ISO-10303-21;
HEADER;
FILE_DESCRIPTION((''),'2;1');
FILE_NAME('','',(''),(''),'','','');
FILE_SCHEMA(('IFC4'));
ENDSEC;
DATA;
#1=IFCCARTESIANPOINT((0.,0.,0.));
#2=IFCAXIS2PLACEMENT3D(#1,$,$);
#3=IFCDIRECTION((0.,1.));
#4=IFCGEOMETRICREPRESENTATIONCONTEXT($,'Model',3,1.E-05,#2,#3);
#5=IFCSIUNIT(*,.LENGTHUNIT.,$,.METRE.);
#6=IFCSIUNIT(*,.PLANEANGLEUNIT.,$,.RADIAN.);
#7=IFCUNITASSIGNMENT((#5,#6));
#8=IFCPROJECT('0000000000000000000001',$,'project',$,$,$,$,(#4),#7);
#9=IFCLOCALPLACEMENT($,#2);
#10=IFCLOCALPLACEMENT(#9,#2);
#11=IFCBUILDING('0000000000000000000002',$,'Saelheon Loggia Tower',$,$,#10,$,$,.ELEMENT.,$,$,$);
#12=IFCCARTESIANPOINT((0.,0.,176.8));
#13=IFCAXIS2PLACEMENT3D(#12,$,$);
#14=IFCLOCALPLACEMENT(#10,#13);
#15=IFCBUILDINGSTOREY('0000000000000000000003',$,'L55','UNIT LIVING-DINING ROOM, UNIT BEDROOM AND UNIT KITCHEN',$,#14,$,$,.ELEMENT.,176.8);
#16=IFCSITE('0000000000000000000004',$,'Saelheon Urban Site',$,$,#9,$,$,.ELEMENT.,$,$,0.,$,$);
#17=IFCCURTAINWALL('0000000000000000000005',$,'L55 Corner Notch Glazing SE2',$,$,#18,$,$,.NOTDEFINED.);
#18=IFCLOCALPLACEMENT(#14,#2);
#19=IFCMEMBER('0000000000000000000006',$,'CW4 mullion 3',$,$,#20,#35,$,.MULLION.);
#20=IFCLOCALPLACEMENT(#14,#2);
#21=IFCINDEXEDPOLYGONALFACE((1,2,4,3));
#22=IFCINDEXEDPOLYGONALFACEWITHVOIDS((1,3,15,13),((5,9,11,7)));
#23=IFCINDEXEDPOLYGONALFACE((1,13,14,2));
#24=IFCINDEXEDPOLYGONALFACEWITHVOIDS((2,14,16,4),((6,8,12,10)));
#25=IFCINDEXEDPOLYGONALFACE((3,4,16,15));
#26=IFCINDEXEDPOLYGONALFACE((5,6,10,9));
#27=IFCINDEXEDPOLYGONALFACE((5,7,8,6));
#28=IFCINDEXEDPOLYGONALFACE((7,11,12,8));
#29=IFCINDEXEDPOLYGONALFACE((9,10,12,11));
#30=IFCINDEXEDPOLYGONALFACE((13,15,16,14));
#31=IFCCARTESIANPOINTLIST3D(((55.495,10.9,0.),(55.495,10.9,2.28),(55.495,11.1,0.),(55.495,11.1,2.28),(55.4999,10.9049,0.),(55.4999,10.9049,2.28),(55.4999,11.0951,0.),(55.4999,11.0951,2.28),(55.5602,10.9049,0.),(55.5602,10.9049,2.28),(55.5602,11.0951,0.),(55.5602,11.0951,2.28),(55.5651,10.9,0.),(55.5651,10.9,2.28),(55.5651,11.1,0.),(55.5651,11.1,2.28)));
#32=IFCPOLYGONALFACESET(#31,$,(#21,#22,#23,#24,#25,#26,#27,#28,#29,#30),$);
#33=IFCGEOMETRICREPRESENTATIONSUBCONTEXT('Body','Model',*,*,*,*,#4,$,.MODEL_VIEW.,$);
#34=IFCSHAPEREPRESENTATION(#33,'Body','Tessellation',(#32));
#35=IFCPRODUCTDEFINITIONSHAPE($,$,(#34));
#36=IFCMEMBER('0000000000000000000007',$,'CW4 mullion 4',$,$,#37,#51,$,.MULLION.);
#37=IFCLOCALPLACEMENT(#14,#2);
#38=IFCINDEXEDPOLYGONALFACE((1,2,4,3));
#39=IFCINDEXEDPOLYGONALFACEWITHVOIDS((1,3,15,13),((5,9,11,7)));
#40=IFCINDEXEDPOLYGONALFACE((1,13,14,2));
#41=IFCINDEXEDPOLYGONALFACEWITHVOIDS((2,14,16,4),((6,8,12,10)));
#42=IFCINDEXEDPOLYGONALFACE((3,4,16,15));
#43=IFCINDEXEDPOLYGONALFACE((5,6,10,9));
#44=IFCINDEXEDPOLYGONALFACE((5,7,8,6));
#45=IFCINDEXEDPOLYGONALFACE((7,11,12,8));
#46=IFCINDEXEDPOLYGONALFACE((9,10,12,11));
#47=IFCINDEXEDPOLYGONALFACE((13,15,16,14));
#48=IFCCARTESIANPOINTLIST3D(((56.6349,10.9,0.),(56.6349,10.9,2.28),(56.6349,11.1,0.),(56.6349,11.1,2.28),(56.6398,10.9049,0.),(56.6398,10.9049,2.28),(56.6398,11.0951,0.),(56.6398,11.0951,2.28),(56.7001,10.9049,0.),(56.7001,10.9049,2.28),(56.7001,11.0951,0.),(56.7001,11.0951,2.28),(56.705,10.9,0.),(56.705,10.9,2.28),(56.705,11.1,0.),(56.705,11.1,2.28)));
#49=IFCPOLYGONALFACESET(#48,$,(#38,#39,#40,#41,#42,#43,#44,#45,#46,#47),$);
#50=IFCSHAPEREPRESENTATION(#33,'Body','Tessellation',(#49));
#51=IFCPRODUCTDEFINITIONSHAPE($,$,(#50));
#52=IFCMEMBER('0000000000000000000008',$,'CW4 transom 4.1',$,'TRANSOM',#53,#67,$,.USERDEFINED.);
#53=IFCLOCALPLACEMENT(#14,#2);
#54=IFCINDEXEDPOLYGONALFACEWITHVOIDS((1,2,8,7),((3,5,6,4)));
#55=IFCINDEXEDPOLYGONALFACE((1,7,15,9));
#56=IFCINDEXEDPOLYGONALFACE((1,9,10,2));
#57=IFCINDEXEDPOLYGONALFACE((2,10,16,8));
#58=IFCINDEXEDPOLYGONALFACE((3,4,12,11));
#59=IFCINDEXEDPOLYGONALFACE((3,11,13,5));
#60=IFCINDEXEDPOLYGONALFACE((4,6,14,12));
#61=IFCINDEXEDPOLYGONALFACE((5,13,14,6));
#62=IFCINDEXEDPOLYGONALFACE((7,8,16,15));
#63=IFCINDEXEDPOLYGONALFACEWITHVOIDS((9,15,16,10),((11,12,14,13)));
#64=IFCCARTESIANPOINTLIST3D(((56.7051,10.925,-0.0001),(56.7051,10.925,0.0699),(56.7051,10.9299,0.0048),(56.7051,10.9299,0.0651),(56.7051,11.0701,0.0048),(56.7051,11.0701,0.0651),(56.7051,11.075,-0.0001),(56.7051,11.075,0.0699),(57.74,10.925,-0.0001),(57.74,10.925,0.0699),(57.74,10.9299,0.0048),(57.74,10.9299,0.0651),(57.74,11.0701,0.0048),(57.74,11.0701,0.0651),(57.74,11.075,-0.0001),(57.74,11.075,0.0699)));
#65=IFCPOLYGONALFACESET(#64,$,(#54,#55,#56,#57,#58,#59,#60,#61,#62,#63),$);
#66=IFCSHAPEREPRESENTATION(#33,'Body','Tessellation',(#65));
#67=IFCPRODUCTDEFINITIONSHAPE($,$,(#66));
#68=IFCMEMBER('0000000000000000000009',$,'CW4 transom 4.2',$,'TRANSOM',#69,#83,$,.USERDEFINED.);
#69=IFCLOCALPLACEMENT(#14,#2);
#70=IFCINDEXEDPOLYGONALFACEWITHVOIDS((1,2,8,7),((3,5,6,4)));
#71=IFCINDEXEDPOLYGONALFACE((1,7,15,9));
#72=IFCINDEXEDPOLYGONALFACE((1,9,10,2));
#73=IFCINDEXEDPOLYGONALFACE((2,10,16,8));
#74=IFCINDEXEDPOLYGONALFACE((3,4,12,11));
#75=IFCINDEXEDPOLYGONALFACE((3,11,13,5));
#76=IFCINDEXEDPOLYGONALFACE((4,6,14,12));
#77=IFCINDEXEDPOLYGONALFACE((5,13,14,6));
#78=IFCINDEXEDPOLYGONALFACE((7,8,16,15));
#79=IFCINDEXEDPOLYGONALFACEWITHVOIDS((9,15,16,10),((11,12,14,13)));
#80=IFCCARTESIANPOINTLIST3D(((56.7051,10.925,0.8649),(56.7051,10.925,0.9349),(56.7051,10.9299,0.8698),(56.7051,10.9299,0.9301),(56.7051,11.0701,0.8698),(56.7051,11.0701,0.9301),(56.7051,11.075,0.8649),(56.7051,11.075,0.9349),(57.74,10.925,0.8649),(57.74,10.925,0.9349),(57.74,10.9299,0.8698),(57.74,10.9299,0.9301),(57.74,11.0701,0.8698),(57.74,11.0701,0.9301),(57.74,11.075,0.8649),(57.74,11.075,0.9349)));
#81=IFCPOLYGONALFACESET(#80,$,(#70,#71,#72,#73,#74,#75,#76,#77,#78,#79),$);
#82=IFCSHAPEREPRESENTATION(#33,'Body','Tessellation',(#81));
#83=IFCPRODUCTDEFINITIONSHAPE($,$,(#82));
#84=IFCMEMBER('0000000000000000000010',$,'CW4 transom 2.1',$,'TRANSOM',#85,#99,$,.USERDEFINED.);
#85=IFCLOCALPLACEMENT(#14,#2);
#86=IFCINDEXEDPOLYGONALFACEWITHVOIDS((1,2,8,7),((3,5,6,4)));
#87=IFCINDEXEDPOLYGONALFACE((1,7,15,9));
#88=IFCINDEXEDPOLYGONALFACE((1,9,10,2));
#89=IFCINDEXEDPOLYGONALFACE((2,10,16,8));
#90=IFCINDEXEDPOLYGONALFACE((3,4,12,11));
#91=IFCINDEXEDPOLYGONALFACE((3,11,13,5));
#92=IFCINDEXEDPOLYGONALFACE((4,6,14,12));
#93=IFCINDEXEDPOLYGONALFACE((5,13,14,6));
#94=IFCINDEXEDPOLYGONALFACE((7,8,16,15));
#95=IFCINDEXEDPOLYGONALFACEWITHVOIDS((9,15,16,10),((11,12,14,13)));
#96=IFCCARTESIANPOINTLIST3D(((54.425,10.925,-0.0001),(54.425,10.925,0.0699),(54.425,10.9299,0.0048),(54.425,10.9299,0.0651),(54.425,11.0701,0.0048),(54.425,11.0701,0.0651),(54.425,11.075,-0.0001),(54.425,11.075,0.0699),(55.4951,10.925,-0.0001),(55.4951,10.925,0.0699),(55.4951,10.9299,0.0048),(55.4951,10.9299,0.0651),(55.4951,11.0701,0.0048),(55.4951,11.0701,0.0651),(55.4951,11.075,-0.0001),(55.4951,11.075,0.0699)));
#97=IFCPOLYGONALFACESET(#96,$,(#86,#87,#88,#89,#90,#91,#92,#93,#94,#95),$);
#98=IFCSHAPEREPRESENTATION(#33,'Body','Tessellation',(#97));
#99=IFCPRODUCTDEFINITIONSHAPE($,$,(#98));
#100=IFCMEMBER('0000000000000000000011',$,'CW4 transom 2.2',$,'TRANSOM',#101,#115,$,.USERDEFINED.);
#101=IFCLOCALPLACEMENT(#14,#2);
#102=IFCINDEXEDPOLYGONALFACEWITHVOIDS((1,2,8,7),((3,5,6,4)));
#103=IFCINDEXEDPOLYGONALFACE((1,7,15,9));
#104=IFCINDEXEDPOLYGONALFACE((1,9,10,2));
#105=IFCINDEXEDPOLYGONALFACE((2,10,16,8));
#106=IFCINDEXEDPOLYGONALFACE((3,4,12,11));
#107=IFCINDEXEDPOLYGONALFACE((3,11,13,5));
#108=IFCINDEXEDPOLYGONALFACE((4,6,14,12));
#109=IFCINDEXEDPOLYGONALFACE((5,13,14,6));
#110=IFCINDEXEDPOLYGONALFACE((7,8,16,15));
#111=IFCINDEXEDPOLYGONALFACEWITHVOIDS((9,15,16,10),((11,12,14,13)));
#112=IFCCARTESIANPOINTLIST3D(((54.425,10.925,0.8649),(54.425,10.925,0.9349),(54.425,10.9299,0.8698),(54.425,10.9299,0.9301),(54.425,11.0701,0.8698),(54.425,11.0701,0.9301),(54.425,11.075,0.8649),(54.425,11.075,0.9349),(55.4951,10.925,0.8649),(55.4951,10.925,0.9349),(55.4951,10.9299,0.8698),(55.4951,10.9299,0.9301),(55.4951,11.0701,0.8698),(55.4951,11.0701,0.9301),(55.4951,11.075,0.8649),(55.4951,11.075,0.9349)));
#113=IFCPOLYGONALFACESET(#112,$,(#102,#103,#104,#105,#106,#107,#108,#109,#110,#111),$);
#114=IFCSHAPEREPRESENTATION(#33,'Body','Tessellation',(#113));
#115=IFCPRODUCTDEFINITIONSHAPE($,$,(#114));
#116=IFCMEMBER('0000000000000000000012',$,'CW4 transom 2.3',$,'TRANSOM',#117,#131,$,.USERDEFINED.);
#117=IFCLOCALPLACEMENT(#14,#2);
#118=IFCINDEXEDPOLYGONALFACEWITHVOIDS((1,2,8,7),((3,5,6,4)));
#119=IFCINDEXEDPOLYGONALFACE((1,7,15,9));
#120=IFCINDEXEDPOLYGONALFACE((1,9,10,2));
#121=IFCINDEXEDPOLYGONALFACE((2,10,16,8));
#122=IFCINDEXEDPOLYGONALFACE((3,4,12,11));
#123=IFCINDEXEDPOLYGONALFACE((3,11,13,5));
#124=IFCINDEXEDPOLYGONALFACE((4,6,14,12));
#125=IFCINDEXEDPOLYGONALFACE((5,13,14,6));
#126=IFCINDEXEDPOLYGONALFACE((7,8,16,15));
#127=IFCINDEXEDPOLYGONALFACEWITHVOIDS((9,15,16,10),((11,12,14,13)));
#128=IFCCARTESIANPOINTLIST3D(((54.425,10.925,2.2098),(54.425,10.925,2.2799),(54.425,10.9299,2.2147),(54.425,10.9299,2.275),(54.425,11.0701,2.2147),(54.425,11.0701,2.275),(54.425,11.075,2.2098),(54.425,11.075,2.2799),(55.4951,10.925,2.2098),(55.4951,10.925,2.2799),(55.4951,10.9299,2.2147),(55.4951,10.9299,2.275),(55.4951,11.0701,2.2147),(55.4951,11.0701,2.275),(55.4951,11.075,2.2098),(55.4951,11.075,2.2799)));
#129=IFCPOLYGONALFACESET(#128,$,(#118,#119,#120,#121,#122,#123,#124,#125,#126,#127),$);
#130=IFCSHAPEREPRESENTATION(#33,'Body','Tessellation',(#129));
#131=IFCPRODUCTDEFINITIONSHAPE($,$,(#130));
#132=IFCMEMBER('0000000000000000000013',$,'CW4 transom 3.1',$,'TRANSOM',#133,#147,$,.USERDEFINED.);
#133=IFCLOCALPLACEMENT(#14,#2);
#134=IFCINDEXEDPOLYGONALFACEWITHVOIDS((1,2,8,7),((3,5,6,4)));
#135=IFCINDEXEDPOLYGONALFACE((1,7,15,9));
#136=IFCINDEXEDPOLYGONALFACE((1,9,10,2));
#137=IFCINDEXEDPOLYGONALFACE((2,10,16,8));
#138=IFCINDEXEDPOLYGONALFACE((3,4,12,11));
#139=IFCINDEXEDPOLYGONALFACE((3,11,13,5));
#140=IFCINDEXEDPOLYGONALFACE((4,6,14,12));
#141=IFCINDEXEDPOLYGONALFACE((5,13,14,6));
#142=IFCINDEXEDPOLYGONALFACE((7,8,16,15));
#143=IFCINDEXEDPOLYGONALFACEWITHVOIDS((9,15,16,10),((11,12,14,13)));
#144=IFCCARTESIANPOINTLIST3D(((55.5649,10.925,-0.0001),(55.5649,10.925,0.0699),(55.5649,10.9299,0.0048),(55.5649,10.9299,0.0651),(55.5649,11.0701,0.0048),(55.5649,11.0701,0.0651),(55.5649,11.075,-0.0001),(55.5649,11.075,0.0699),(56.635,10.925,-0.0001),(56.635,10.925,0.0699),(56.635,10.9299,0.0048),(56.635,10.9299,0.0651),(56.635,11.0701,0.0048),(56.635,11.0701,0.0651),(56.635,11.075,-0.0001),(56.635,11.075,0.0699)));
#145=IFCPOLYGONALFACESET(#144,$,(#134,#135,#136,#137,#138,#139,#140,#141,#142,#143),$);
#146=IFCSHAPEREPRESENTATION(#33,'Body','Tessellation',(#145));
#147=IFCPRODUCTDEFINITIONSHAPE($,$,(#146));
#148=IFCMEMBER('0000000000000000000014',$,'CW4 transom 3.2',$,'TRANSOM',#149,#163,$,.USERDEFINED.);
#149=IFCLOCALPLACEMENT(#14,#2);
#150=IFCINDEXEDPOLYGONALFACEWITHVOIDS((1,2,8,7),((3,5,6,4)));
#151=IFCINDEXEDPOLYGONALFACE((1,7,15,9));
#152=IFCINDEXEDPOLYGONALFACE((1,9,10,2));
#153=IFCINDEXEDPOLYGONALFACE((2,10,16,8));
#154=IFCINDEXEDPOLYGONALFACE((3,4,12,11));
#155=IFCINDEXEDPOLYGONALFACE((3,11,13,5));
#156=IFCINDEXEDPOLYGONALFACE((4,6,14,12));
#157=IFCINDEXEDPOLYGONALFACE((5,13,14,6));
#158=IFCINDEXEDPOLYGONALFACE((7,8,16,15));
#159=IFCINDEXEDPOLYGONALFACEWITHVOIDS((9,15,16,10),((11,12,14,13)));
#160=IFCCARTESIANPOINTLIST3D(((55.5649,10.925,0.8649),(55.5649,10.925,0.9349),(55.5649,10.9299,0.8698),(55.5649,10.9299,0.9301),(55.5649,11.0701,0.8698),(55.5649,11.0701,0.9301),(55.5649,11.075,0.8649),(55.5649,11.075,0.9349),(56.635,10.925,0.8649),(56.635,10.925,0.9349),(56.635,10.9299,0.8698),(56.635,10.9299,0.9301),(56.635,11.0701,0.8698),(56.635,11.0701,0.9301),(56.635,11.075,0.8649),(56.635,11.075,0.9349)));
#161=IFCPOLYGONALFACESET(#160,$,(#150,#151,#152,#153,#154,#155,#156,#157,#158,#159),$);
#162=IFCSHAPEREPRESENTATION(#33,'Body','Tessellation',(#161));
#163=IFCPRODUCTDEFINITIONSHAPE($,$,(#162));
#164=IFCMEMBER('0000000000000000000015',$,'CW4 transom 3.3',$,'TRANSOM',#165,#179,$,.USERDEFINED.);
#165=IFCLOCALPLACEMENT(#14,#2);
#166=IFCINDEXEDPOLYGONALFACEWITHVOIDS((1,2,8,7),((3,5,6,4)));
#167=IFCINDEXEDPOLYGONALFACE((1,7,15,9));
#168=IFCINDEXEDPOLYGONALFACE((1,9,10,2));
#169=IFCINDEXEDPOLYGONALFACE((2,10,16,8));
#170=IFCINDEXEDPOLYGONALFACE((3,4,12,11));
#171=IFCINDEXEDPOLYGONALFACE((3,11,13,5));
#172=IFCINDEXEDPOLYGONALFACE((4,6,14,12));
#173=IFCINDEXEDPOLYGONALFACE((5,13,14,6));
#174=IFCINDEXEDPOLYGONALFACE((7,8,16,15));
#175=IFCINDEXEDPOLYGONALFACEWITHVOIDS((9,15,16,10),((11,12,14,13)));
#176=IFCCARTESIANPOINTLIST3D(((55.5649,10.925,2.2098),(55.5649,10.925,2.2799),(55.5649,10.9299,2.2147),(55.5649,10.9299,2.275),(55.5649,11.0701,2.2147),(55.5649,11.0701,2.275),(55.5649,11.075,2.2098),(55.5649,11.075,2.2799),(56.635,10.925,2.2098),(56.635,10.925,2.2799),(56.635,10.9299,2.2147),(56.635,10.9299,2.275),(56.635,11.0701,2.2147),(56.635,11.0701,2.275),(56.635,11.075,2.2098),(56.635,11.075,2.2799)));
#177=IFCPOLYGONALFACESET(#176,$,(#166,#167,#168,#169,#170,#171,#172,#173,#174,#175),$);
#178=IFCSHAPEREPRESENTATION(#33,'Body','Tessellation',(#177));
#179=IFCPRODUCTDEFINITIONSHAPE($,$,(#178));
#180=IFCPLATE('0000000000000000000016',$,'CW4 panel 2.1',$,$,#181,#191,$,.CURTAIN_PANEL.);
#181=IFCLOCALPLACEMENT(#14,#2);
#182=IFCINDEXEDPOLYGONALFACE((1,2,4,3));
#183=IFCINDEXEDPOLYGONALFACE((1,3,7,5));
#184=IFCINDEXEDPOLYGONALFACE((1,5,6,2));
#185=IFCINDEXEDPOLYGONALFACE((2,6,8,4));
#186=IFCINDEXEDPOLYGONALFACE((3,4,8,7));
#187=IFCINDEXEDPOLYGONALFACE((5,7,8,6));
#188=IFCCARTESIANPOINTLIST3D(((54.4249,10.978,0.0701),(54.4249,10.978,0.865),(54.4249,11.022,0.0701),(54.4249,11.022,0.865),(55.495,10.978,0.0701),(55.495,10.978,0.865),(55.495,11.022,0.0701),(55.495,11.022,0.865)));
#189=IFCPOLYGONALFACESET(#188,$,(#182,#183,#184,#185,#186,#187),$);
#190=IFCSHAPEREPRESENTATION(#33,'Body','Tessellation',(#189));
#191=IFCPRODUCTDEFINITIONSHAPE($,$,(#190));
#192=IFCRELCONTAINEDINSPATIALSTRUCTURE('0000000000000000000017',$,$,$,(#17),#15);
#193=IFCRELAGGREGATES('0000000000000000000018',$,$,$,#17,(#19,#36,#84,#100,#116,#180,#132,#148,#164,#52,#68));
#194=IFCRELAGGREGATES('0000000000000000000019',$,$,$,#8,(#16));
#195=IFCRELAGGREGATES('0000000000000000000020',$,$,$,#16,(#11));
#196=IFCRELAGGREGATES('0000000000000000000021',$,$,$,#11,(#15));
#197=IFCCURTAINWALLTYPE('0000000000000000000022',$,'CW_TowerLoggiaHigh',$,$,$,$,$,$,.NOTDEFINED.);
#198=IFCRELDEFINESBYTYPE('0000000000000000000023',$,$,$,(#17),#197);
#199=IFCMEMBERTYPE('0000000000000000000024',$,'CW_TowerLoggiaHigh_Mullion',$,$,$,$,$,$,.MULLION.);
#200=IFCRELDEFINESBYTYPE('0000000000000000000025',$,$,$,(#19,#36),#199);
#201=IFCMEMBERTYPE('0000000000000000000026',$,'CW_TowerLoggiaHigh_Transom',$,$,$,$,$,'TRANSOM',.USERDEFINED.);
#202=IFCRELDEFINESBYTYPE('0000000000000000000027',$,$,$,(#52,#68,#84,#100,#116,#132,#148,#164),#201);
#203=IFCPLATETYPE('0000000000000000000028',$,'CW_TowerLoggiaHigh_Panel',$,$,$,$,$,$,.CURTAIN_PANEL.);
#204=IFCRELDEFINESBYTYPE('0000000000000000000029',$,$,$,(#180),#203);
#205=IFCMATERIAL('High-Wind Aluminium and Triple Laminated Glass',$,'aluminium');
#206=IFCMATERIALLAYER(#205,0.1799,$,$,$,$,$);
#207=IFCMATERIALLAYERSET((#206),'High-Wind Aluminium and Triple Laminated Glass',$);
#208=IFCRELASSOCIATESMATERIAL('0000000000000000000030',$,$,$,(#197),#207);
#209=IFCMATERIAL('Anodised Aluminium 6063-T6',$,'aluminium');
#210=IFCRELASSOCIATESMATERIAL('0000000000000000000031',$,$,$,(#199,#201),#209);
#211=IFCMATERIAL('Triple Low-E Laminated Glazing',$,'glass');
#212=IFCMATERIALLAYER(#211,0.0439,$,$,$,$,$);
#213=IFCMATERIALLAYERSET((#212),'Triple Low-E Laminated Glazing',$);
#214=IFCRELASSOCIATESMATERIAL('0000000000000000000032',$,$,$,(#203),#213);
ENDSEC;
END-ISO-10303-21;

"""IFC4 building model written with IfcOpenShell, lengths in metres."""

from ifc_helpers import new_model, si_unit, direction, frame, origin, origin_2d, place, context, subcontext, project, spatial, rectangle, hollow_rectangle, extrude, source, transform, mapped, material, layer, layer_set, material_profile, profile_set, type_object, element, aggregate, save


model = new_model("IFC4")

# Units and contexts
model_context = context("Model", 3, precision=1e-05, world=origin(), true_north=direction((0.0, 1.0)))
body_context = subcontext(model_context, "Body", "Model", "MODEL_VIEW")
ifc_project = project(units=[si_unit("LENGTHUNIT", "METRE"), si_unit("PLANEANGLEUNIT", "RADIAN")], contexts=[model_context])

# Site, building, storey
site_placement = place(None, origin())
site = spatial("IfcSite", under=ifc_project, at=site_placement, Name="Saelheon Urban Site", CompositionType="ELEMENT", RefElevation=0.0)
building_placement = place(site_placement, origin())
building = spatial("IfcBuilding", under=site, at=building_placement, Name="Saelheon Loggia Tower", CompositionType="ELEMENT")
storey_placement = place(building_placement, frame((0.0, 0.0, 176.8)))
storey = spatial("IfcBuildingStorey", under=building, at=storey_placement, Name="L55", Description="UNIT LIVING-DINING ROOM, UNIT BEDROOM AND UNIT KITCHEN", CompositionType="ELEMENT", Elevation=176.8)

# Curtain wall, members, plate
ifc_material_1 = material(Name="High-Wind Aluminium and Triple Laminated Glass", Category="aluminium")
ifc_layer_1 = layer(ifc_material_1, 0.1799)
ifc_layer_set_1 = layer_set([ifc_layer_1], Name="High-Wind Aluminium and Triple Laminated Glass")
curtain_wall_type = type_object("IfcCurtainWallType", Name="CW_TowerLoggiaHigh", PredefinedType="NOTDEFINED", material=ifc_layer_set_1)
curtain_wall_placement = place(storey_placement, origin())
curtain_wall = element("IfcCurtainWall", 1, at=curtain_wall_placement, inside=storey, type_object=curtain_wall_type, Name="L55 Corner Notch Glazing SE2", PredefinedType="NOTDEFINED")
ifc_material_2 = material(Name="Anodised Aluminium 6063-T6", Category="aluminium")
ifc_material_profile_1 = material_profile(ifc_material_2, hollow_rectangle(XDim=0.0701, YDim=0.2, WallThickness=0.0049, at=origin_2d()), Name="RHS-200x70x5")
ifc_profile_set_1 = profile_set([ifc_material_profile_1], Name="Anodised Aluminium 6063-T6")
member_type_1 = type_object("IfcMemberType", Name="CW_TowerLoggiaHigh_Mullion", PredefinedType="MULLION", material=ifc_profile_set_1)
shared_shape_1 = source(origin(), body_context, "Body", "SweptSolid", [
    extrude(hollow_rectangle(XDim=0.0701, YDim=0.2, WallThickness=0.0049, at=origin_2d()), origin(), (0.0, 0.0, 1.0), 2.28),
])
member_1_placement = place(storey_placement, frame((55.53, 11.0, 0.0), z_axis=(0.0, 0.0, 1.0), x_axis=(1.0, 0.0, 0.0)))
member_1 = element("IfcMember", 2, at=member_1_placement, type_object=member_type_1, Name="CW4 mullion 3", PredefinedType="MULLION", context=body_context, shape_type="MappedRepresentation", body=[
    mapped(shared_shape_1, transform((0.0, 0.0, 0.0), scale=1.0)),
])
member_2_placement = place(storey_placement, frame((56.6699, 11.0, 0.0), z_axis=(0.0, 0.0, 1.0), x_axis=(1.0, 0.0, 0.0)))
member_2 = element("IfcMember", 3, at=member_2_placement, type_object=member_type_1, Name="CW4 mullion 4", PredefinedType="MULLION", context=body_context, shape_type="MappedRepresentation", body=[
    mapped(shared_shape_1, transform((0.0, 0.0, 0.0), scale=1.0)),
])
ifc_material_profile_2 = material_profile(ifc_material_2, hollow_rectangle(XDim=0.0701, YDim=0.1499, WallThickness=0.0049, at=origin_2d()), Name="RHS-150x70x5")
ifc_profile_set_2 = profile_set([ifc_material_profile_2], Name="Anodised Aluminium 6063-T6")
member_type_2 = type_object("IfcMemberType", Name="CW_TowerLoggiaHigh_Transom", ElementType="TRANSOM", PredefinedType="USERDEFINED", material=ifc_profile_set_2)
shared_shape_2 = source(origin(), body_context, "Body", "SweptSolid", [
    extrude(hollow_rectangle(XDim=0.0701, YDim=0.1499, WallThickness=0.0049, at=origin_2d()), origin(), (0.0, 0.0, 1.0), 1.0349),
])
member_3_placement = place(storey_placement, frame((56.7051, 11.0, 0.0349), z_axis=(1.0, 0.0, 0.0), x_axis=(0.0, 0.0, 1.0)))
member_3 = element("IfcMember", 4, at=member_3_placement, type_object=member_type_2, Name="CW4 transom 4.1", ObjectType="TRANSOM", PredefinedType="USERDEFINED", context=body_context, shape_type="MappedRepresentation", body=[
    mapped(shared_shape_2, transform((0.0, 0.0, 0.0), scale=1.0)),
])
member_4_placement = place(storey_placement, frame((56.7051, 11.0, 0.8999), z_axis=(1.0, 0.0, 0.0), x_axis=(0.0, 0.0, 1.0)))
member_4 = element("IfcMember", 5, at=member_4_placement, type_object=member_type_2, Name="CW4 transom 4.2", ObjectType="TRANSOM", PredefinedType="USERDEFINED", context=body_context, shape_type="MappedRepresentation", body=[
    mapped(shared_shape_2, transform((0.0, 0.0, 0.0), scale=1.0)),
])
shared_shape_3 = source(origin(), body_context, "Body", "SweptSolid", [
    extrude(hollow_rectangle(XDim=0.0701, YDim=0.1499, WallThickness=0.0049, at=origin_2d()), origin(), (0.0, 0.0, 1.0), 1.0701),
])
member_5_placement = place(storey_placement, frame((54.425, 11.0, 0.0349), z_axis=(1.0, 0.0, 0.0), x_axis=(0.0, 0.0, 1.0)))
member_5 = element("IfcMember", 6, at=member_5_placement, type_object=member_type_2, Name="CW4 transom 2.1", ObjectType="TRANSOM", PredefinedType="USERDEFINED", context=body_context, shape_type="MappedRepresentation", body=[
    mapped(shared_shape_3, transform((0.0, 0.0, 0.0), scale=1.0)),
])
member_6_placement = place(storey_placement, frame((54.425, 11.0, 0.8999), z_axis=(1.0, 0.0, 0.0), x_axis=(0.0, 0.0, 1.0)))
member_6 = element("IfcMember", 7, at=member_6_placement, type_object=member_type_2, Name="CW4 transom 2.2", ObjectType="TRANSOM", PredefinedType="USERDEFINED", context=body_context, shape_type="MappedRepresentation", body=[
    mapped(shared_shape_3, transform((0.0, 0.0, 0.0), scale=1.0)),
])
member_7_placement = place(storey_placement, frame((54.425, 11.0, 2.2449), z_axis=(1.0, 0.0, 0.0), x_axis=(0.0, 0.0, 1.0)))
member_7 = element("IfcMember", 8, at=member_7_placement, type_object=member_type_2, Name="CW4 transom 2.3", ObjectType="TRANSOM", PredefinedType="USERDEFINED", context=body_context, shape_type="MappedRepresentation", body=[
    mapped(shared_shape_3, transform((0.0, 0.0, 0.0), scale=1.0)),
])
member_8_placement = place(storey_placement, frame((55.5649, 11.0, 0.0349), z_axis=(1.0, 0.0, 0.0), x_axis=(0.0, 0.0, 1.0)))
member_8 = element("IfcMember", 9, at=member_8_placement, type_object=member_type_2, Name="CW4 transom 3.1", ObjectType="TRANSOM", PredefinedType="USERDEFINED", context=body_context, shape_type="MappedRepresentation", body=[
    mapped(shared_shape_3, transform((0.0, 0.0, 0.0), scale=1.0)),
])
member_9_placement = place(storey_placement, frame((55.5649, 11.0, 0.8999), z_axis=(1.0, 0.0, 0.0), x_axis=(0.0, 0.0, 1.0)))
member_9 = element("IfcMember", 10, at=member_9_placement, type_object=member_type_2, Name="CW4 transom 3.2", ObjectType="TRANSOM", PredefinedType="USERDEFINED", context=body_context, shape_type="MappedRepresentation", body=[
    mapped(shared_shape_3, transform((0.0, 0.0, 0.0), scale=1.0)),
])
member_10_placement = place(storey_placement, frame((55.5649, 11.0, 2.2449), z_axis=(1.0, 0.0, 0.0), x_axis=(0.0, 0.0, 1.0)))
member_10 = element("IfcMember", 11, at=member_10_placement, type_object=member_type_2, Name="CW4 transom 3.3", ObjectType="TRANSOM", PredefinedType="USERDEFINED", context=body_context, shape_type="MappedRepresentation", body=[
    mapped(shared_shape_3, transform((0.0, 0.0, 0.0), scale=1.0)),
])
ifc_material_3 = material(Name="Triple Low-E Laminated Glazing", Category="glass")
ifc_layer_2 = layer(ifc_material_3, 0.0439)
ifc_layer_set_2 = layer_set([ifc_layer_2], Name="Triple Low-E Laminated Glazing")
plate_type = type_object("IfcPlateType", Name="CW_TowerLoggiaHigh_Panel", PredefinedType="CURTAIN_PANEL", material=ifc_layer_set_2)
shared_shape_4 = source(origin(), body_context, "Body", "SweptSolid", [
    extrude(rectangle(XDim=1.0701, YDim=0.0439, at=origin_2d()), origin(), (0.0, 0.0, 1.0), 0.7949),
])
plate_1_placement = place(storey_placement, frame((54.96, 11.0, 0.0701), z_axis=(0.0, 0.0, 1.0), x_axis=(1.0, 0.0, 0.0)))
plate_1 = element("IfcPlate", 12, at=plate_1_placement, type_object=plate_type, Name="CW4 panel 2.1", PredefinedType="CURTAIN_PANEL", context=body_context, shape_type="MappedRepresentation", body=[
    mapped(shared_shape_4, transform((0.0, 0.0, 0.0), scale=1.0)),
])
aggregate(curtain_wall, [member_1, member_2, member_5, member_6, member_7, plate_1, member_8, member_9, member_10, member_3, member_4])

save(model, "model.ifc")
